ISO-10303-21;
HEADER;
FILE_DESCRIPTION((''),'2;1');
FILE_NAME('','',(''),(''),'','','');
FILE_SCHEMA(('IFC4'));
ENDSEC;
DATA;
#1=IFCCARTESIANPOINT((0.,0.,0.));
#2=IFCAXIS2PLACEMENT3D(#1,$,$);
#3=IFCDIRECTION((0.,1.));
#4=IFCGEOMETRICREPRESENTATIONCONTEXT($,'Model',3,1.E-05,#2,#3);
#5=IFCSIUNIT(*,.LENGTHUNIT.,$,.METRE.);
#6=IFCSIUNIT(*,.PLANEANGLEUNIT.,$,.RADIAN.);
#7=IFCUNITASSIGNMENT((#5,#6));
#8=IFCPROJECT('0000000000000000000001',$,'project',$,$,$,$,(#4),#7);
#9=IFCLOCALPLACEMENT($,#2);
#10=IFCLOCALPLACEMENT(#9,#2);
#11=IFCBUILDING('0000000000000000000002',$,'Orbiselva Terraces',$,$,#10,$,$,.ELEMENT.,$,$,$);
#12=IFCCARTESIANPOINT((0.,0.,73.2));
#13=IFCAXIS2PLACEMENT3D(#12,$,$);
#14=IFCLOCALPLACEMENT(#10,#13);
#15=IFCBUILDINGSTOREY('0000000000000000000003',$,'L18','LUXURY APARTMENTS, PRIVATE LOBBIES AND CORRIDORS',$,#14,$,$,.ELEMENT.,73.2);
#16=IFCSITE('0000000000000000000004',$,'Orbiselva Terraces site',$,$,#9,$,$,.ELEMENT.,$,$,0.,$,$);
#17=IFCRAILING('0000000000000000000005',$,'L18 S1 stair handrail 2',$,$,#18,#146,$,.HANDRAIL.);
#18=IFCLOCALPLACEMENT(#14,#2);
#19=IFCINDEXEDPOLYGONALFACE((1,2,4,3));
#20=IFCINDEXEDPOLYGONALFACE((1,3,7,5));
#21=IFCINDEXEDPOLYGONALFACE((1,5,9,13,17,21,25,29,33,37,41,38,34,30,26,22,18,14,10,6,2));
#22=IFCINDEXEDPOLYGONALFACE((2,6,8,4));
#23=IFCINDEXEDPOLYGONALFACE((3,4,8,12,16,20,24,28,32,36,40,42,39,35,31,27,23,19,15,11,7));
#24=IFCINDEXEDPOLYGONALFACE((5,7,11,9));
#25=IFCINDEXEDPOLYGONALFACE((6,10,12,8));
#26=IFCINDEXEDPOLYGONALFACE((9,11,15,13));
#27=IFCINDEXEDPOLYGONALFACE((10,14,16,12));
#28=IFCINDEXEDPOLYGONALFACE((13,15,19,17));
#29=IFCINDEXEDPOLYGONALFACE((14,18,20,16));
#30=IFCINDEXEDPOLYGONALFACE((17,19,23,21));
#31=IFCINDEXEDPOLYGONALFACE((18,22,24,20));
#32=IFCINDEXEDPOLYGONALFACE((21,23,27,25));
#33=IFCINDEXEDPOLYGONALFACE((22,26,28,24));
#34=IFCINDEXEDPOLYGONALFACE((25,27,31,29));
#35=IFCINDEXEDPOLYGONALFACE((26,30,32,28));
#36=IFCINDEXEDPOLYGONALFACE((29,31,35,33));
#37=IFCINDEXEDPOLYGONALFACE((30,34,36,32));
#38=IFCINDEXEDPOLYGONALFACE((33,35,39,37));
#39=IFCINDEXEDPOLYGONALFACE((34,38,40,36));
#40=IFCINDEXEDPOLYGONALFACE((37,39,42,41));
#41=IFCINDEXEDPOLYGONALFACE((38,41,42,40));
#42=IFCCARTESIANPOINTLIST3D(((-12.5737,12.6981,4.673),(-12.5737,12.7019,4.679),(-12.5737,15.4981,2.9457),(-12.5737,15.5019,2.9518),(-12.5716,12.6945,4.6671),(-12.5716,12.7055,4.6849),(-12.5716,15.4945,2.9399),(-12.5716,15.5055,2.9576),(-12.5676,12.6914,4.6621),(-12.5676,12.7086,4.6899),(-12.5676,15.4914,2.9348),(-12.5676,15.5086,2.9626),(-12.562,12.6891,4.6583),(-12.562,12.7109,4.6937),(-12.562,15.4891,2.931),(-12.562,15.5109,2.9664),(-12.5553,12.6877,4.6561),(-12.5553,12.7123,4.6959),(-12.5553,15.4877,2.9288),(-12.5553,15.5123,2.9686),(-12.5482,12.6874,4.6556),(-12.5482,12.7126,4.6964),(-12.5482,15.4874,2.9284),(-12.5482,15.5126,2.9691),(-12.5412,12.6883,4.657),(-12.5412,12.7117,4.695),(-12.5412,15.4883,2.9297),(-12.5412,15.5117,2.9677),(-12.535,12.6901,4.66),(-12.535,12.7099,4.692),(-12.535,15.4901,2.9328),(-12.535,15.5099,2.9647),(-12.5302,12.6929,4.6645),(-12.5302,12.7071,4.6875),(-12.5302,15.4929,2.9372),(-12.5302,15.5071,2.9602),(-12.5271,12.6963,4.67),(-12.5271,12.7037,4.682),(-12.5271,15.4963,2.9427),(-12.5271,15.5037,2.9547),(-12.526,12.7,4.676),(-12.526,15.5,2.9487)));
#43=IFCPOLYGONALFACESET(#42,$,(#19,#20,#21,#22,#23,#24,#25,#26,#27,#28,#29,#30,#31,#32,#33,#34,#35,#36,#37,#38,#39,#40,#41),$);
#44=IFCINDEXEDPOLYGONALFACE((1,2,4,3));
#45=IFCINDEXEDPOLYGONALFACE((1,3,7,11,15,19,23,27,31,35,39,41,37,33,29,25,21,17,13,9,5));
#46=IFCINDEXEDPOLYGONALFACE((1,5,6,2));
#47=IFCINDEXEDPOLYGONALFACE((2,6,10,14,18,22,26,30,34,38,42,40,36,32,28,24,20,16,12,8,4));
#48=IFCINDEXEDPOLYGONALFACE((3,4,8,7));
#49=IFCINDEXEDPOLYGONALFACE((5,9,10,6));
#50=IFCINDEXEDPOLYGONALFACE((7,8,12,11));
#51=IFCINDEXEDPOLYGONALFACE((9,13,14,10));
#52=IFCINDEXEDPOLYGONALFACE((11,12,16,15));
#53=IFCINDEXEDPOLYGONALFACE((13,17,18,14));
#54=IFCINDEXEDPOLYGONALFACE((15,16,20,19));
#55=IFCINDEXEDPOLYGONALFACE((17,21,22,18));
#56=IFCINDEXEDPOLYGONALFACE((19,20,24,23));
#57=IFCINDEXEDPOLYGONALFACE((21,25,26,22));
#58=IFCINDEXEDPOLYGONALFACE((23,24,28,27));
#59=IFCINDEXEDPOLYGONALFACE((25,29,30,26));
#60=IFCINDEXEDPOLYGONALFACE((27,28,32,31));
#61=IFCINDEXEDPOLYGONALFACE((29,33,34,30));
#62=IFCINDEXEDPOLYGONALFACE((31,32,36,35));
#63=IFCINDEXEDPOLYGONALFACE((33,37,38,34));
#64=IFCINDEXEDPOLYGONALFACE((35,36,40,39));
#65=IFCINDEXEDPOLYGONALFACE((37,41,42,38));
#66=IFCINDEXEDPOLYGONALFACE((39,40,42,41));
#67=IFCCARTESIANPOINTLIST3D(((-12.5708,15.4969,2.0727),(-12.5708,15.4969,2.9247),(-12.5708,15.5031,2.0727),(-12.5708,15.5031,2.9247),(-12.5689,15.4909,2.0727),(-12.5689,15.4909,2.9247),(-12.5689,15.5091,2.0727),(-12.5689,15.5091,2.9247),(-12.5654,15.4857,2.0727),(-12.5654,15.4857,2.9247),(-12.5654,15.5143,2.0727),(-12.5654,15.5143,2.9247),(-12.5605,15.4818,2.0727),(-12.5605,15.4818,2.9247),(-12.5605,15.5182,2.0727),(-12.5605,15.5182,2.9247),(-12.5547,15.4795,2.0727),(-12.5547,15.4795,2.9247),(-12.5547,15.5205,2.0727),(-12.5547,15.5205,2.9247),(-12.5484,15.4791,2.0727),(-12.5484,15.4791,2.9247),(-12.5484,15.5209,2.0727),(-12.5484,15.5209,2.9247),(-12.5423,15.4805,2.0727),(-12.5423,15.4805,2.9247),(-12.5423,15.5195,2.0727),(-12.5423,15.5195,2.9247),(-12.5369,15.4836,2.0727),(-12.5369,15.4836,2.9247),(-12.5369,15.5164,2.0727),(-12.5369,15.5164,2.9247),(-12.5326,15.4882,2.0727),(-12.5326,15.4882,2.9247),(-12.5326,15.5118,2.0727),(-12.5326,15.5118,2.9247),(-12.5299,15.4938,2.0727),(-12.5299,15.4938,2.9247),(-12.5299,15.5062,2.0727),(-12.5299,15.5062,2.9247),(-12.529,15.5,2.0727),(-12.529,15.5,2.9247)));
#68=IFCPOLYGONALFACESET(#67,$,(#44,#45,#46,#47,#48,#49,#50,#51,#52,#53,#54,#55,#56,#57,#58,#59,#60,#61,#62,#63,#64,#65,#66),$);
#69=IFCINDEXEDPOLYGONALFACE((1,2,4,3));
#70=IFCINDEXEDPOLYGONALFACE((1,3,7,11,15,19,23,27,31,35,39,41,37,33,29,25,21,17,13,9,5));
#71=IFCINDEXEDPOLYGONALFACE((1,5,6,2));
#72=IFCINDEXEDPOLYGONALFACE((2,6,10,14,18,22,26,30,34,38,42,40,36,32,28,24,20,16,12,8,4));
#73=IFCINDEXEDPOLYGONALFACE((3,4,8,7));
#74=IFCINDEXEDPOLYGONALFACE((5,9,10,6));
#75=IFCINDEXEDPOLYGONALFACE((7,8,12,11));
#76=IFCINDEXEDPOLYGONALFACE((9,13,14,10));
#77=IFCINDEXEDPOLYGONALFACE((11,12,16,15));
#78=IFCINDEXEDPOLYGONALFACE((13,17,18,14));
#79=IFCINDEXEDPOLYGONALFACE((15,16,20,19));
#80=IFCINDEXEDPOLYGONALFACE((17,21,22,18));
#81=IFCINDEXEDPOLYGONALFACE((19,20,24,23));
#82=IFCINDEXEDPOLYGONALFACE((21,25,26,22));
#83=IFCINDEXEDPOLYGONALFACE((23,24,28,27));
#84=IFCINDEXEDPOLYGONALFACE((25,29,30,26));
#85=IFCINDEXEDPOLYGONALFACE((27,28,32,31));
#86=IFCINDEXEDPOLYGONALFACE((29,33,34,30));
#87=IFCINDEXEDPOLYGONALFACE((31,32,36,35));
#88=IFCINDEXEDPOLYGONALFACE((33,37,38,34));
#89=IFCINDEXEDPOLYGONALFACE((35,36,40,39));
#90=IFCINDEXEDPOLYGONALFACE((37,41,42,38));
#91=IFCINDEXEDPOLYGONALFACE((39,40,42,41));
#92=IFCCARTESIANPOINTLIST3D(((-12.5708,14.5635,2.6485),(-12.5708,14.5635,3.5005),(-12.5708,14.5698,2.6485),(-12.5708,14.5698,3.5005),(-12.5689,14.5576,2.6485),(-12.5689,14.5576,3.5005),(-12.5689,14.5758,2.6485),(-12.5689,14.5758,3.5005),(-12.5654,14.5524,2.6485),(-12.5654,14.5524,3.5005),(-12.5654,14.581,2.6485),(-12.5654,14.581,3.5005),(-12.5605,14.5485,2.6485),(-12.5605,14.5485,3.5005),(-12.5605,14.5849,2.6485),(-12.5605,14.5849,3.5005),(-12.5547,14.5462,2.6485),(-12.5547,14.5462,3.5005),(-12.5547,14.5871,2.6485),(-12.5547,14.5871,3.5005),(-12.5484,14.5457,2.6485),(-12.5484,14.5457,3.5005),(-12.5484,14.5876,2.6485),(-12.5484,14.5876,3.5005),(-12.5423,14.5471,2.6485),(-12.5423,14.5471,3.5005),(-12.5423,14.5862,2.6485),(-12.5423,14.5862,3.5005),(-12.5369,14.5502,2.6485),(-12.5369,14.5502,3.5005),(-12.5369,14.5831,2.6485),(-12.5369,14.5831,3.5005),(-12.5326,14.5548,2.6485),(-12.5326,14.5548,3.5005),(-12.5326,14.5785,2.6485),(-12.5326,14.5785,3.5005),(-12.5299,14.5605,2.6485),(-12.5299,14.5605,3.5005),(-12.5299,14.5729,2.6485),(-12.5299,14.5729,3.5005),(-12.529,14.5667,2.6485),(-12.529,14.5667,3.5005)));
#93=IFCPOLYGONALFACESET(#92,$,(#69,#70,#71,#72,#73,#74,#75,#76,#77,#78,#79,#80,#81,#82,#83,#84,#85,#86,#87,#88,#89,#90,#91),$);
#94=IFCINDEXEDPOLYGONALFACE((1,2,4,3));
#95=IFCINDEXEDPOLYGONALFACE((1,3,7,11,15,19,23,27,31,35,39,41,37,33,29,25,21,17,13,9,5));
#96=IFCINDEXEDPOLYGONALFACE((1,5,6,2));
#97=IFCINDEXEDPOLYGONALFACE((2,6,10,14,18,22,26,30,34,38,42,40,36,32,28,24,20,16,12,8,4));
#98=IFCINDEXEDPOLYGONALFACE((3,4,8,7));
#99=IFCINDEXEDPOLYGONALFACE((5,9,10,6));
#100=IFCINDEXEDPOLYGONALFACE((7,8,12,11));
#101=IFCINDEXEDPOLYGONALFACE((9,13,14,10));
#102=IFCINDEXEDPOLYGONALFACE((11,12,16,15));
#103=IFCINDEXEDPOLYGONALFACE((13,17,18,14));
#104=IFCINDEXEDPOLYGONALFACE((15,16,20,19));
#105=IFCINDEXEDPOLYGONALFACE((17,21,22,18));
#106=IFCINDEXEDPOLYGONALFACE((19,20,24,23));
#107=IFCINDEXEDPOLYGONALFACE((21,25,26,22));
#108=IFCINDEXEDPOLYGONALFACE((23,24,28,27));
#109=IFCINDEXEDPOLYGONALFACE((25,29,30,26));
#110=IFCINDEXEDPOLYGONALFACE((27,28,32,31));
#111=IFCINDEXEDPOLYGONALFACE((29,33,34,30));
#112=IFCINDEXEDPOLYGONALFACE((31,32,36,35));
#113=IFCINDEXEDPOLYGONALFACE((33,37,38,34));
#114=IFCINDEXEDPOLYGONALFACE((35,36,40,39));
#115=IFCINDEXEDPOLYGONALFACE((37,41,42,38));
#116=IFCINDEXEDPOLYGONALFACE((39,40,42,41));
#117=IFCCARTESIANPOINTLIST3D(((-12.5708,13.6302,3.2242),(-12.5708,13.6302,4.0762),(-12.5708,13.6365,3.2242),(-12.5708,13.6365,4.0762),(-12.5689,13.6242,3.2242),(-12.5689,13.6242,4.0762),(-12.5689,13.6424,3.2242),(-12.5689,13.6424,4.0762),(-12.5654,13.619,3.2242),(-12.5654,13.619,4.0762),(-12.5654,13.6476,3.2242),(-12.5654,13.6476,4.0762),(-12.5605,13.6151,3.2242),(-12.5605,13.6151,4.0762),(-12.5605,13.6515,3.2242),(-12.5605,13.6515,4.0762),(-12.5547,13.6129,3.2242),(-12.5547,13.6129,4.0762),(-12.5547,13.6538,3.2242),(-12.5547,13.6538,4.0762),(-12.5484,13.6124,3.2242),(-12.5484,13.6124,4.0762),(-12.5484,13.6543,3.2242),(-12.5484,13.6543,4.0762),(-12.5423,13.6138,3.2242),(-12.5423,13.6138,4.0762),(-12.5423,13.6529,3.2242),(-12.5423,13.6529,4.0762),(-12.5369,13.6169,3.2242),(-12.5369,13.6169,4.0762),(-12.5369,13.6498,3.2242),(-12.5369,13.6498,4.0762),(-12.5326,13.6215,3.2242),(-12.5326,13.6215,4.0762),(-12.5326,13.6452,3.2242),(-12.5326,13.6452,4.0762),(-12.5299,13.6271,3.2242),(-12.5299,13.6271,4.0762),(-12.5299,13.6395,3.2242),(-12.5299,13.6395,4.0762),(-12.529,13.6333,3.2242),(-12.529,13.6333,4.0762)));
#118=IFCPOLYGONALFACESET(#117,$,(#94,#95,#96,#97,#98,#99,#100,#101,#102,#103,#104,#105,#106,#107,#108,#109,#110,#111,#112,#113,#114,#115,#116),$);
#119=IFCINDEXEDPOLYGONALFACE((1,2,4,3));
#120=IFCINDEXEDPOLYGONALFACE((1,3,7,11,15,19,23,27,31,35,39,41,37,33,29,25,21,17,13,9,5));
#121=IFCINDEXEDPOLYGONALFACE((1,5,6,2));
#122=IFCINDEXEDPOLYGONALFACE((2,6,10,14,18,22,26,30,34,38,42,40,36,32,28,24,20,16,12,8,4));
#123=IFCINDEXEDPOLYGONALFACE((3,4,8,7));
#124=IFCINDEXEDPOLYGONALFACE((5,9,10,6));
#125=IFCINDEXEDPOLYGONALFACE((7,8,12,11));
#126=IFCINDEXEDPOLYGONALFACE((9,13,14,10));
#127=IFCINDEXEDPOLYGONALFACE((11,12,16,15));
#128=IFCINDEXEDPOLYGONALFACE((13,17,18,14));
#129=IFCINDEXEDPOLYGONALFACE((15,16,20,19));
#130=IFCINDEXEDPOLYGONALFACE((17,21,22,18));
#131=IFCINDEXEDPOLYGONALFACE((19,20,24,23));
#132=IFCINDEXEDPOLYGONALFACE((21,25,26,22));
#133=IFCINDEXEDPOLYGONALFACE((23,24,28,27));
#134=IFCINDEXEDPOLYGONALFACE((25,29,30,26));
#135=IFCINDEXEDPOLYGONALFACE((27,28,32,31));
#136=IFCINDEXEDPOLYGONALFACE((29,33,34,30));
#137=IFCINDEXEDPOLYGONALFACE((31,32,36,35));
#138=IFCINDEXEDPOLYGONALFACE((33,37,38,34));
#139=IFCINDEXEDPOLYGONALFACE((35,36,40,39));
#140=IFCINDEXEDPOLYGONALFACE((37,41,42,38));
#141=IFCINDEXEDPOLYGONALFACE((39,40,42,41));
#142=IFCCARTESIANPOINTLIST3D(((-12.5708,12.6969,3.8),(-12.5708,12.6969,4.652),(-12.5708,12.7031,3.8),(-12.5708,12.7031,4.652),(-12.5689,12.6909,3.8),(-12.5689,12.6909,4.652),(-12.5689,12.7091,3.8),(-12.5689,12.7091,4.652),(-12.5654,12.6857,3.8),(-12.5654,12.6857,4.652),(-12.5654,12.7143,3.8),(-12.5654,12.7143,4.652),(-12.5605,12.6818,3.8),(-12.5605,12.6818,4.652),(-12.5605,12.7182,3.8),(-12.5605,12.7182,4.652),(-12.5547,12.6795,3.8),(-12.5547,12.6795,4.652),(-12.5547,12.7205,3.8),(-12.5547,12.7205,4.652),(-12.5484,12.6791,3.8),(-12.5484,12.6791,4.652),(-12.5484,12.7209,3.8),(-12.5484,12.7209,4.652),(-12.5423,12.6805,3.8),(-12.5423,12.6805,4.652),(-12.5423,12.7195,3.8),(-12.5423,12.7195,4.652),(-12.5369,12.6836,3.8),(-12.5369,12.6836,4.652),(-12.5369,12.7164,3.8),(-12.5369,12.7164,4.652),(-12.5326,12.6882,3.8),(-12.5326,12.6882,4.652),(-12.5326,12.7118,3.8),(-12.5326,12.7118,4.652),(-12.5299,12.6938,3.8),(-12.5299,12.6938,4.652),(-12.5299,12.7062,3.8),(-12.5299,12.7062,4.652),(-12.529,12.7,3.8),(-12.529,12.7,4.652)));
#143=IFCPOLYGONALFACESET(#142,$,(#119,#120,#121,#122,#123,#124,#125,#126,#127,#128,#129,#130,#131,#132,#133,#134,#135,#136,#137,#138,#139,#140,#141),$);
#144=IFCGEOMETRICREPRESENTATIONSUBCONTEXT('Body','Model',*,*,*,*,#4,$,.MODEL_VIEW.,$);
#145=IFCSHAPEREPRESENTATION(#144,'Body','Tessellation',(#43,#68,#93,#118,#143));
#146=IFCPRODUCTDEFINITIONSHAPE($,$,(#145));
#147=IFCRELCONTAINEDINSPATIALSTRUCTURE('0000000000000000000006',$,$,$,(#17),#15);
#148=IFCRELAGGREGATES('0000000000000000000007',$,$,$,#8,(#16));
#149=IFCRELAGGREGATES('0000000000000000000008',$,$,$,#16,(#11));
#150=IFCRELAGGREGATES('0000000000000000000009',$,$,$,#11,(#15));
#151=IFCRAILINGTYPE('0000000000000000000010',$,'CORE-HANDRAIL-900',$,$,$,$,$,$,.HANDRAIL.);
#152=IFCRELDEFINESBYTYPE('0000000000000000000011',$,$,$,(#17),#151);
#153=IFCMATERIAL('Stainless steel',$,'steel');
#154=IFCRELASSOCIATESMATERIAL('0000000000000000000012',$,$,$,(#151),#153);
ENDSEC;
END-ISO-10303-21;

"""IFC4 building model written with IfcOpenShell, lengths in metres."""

from ifc_helpers import new_model, si_unit, direction, frame, origin, origin_2d, place, context, subcontext, project, spatial, circle, extrude, material, type_object, element, save


model = new_model("IFC4")

# Units and contexts
model_context = context("Model", 3, precision=1e-05, world=origin(), true_north=direction((0.0, 1.0)))
body_context = subcontext(model_context, "Body", "Model", "MODEL_VIEW")
ifc_project = project(units=[si_unit("LENGTHUNIT", "METRE"), si_unit("PLANEANGLEUNIT", "RADIAN")], contexts=[model_context])

# Site, building, storey
site_placement = place(None, origin())
site = spatial("IfcSite", under=ifc_project, at=site_placement, Name="Orbiselva Terraces site", CompositionType="ELEMENT", RefElevation=0.0)
building_placement = place(site_placement, origin())
building = spatial("IfcBuilding", under=site, at=building_placement, Name="Orbiselva Terraces", CompositionType="ELEMENT")
storey_placement = place(building_placement, frame((0.0, 0.0, 73.2)))
storey = spatial("IfcBuildingStorey", under=building, at=storey_placement, Name="L18", Description="LUXURY APARTMENTS, PRIVATE LOBBIES AND CORRIDORS", CompositionType="ELEMENT", Elevation=73.2)

# Railing
ifc_material_1 = material(Name="Stainless steel", Category="steel")
railing_type = type_object("IfcRailingType", Name="CORE-HANDRAIL-900", PredefinedType="HANDRAIL", material=ifc_material_1)
railing_placement = place(storey_placement, frame((-12.55, 15.5, 2.0727)))
element("IfcRailing", 1, at=railing_placement, inside=storey, type_object=railing_type, Name="L18 S1 stair handrail 2", PredefinedType="HANDRAIL", context=body_context, shape_type="SweptSolid", body=[
    extrude(circle(Radius=0.024, at=origin_2d()), frame((0.0, 0.0, 0.876), z_axis=(0.0, -0.851089, 0.525022), x_axis=(1.0, 0.0, 0.0)), (0.0, 0.0, 1.0), 3.2899),
    extrude(circle(Radius=0.021, at=origin_2d()), origin(), (0.0, 0.0, 1.0), 0.852),
    extrude(circle(Radius=0.021, at=origin_2d()), frame((0.0, -0.9333, 0.5758)), (0.0, 0.0, 1.0), 0.852),
    extrude(circle(Radius=0.021, at=origin_2d()), frame((0.0, -1.8667, 1.1515)), (0.0, 0.0, 1.0), 0.852),
    extrude(circle(Radius=0.021, at=origin_2d()), frame((0.0, -2.8, 1.7273)), (0.0, 0.0, 1.0), 0.852),
])

save(model, "model.ifc")
